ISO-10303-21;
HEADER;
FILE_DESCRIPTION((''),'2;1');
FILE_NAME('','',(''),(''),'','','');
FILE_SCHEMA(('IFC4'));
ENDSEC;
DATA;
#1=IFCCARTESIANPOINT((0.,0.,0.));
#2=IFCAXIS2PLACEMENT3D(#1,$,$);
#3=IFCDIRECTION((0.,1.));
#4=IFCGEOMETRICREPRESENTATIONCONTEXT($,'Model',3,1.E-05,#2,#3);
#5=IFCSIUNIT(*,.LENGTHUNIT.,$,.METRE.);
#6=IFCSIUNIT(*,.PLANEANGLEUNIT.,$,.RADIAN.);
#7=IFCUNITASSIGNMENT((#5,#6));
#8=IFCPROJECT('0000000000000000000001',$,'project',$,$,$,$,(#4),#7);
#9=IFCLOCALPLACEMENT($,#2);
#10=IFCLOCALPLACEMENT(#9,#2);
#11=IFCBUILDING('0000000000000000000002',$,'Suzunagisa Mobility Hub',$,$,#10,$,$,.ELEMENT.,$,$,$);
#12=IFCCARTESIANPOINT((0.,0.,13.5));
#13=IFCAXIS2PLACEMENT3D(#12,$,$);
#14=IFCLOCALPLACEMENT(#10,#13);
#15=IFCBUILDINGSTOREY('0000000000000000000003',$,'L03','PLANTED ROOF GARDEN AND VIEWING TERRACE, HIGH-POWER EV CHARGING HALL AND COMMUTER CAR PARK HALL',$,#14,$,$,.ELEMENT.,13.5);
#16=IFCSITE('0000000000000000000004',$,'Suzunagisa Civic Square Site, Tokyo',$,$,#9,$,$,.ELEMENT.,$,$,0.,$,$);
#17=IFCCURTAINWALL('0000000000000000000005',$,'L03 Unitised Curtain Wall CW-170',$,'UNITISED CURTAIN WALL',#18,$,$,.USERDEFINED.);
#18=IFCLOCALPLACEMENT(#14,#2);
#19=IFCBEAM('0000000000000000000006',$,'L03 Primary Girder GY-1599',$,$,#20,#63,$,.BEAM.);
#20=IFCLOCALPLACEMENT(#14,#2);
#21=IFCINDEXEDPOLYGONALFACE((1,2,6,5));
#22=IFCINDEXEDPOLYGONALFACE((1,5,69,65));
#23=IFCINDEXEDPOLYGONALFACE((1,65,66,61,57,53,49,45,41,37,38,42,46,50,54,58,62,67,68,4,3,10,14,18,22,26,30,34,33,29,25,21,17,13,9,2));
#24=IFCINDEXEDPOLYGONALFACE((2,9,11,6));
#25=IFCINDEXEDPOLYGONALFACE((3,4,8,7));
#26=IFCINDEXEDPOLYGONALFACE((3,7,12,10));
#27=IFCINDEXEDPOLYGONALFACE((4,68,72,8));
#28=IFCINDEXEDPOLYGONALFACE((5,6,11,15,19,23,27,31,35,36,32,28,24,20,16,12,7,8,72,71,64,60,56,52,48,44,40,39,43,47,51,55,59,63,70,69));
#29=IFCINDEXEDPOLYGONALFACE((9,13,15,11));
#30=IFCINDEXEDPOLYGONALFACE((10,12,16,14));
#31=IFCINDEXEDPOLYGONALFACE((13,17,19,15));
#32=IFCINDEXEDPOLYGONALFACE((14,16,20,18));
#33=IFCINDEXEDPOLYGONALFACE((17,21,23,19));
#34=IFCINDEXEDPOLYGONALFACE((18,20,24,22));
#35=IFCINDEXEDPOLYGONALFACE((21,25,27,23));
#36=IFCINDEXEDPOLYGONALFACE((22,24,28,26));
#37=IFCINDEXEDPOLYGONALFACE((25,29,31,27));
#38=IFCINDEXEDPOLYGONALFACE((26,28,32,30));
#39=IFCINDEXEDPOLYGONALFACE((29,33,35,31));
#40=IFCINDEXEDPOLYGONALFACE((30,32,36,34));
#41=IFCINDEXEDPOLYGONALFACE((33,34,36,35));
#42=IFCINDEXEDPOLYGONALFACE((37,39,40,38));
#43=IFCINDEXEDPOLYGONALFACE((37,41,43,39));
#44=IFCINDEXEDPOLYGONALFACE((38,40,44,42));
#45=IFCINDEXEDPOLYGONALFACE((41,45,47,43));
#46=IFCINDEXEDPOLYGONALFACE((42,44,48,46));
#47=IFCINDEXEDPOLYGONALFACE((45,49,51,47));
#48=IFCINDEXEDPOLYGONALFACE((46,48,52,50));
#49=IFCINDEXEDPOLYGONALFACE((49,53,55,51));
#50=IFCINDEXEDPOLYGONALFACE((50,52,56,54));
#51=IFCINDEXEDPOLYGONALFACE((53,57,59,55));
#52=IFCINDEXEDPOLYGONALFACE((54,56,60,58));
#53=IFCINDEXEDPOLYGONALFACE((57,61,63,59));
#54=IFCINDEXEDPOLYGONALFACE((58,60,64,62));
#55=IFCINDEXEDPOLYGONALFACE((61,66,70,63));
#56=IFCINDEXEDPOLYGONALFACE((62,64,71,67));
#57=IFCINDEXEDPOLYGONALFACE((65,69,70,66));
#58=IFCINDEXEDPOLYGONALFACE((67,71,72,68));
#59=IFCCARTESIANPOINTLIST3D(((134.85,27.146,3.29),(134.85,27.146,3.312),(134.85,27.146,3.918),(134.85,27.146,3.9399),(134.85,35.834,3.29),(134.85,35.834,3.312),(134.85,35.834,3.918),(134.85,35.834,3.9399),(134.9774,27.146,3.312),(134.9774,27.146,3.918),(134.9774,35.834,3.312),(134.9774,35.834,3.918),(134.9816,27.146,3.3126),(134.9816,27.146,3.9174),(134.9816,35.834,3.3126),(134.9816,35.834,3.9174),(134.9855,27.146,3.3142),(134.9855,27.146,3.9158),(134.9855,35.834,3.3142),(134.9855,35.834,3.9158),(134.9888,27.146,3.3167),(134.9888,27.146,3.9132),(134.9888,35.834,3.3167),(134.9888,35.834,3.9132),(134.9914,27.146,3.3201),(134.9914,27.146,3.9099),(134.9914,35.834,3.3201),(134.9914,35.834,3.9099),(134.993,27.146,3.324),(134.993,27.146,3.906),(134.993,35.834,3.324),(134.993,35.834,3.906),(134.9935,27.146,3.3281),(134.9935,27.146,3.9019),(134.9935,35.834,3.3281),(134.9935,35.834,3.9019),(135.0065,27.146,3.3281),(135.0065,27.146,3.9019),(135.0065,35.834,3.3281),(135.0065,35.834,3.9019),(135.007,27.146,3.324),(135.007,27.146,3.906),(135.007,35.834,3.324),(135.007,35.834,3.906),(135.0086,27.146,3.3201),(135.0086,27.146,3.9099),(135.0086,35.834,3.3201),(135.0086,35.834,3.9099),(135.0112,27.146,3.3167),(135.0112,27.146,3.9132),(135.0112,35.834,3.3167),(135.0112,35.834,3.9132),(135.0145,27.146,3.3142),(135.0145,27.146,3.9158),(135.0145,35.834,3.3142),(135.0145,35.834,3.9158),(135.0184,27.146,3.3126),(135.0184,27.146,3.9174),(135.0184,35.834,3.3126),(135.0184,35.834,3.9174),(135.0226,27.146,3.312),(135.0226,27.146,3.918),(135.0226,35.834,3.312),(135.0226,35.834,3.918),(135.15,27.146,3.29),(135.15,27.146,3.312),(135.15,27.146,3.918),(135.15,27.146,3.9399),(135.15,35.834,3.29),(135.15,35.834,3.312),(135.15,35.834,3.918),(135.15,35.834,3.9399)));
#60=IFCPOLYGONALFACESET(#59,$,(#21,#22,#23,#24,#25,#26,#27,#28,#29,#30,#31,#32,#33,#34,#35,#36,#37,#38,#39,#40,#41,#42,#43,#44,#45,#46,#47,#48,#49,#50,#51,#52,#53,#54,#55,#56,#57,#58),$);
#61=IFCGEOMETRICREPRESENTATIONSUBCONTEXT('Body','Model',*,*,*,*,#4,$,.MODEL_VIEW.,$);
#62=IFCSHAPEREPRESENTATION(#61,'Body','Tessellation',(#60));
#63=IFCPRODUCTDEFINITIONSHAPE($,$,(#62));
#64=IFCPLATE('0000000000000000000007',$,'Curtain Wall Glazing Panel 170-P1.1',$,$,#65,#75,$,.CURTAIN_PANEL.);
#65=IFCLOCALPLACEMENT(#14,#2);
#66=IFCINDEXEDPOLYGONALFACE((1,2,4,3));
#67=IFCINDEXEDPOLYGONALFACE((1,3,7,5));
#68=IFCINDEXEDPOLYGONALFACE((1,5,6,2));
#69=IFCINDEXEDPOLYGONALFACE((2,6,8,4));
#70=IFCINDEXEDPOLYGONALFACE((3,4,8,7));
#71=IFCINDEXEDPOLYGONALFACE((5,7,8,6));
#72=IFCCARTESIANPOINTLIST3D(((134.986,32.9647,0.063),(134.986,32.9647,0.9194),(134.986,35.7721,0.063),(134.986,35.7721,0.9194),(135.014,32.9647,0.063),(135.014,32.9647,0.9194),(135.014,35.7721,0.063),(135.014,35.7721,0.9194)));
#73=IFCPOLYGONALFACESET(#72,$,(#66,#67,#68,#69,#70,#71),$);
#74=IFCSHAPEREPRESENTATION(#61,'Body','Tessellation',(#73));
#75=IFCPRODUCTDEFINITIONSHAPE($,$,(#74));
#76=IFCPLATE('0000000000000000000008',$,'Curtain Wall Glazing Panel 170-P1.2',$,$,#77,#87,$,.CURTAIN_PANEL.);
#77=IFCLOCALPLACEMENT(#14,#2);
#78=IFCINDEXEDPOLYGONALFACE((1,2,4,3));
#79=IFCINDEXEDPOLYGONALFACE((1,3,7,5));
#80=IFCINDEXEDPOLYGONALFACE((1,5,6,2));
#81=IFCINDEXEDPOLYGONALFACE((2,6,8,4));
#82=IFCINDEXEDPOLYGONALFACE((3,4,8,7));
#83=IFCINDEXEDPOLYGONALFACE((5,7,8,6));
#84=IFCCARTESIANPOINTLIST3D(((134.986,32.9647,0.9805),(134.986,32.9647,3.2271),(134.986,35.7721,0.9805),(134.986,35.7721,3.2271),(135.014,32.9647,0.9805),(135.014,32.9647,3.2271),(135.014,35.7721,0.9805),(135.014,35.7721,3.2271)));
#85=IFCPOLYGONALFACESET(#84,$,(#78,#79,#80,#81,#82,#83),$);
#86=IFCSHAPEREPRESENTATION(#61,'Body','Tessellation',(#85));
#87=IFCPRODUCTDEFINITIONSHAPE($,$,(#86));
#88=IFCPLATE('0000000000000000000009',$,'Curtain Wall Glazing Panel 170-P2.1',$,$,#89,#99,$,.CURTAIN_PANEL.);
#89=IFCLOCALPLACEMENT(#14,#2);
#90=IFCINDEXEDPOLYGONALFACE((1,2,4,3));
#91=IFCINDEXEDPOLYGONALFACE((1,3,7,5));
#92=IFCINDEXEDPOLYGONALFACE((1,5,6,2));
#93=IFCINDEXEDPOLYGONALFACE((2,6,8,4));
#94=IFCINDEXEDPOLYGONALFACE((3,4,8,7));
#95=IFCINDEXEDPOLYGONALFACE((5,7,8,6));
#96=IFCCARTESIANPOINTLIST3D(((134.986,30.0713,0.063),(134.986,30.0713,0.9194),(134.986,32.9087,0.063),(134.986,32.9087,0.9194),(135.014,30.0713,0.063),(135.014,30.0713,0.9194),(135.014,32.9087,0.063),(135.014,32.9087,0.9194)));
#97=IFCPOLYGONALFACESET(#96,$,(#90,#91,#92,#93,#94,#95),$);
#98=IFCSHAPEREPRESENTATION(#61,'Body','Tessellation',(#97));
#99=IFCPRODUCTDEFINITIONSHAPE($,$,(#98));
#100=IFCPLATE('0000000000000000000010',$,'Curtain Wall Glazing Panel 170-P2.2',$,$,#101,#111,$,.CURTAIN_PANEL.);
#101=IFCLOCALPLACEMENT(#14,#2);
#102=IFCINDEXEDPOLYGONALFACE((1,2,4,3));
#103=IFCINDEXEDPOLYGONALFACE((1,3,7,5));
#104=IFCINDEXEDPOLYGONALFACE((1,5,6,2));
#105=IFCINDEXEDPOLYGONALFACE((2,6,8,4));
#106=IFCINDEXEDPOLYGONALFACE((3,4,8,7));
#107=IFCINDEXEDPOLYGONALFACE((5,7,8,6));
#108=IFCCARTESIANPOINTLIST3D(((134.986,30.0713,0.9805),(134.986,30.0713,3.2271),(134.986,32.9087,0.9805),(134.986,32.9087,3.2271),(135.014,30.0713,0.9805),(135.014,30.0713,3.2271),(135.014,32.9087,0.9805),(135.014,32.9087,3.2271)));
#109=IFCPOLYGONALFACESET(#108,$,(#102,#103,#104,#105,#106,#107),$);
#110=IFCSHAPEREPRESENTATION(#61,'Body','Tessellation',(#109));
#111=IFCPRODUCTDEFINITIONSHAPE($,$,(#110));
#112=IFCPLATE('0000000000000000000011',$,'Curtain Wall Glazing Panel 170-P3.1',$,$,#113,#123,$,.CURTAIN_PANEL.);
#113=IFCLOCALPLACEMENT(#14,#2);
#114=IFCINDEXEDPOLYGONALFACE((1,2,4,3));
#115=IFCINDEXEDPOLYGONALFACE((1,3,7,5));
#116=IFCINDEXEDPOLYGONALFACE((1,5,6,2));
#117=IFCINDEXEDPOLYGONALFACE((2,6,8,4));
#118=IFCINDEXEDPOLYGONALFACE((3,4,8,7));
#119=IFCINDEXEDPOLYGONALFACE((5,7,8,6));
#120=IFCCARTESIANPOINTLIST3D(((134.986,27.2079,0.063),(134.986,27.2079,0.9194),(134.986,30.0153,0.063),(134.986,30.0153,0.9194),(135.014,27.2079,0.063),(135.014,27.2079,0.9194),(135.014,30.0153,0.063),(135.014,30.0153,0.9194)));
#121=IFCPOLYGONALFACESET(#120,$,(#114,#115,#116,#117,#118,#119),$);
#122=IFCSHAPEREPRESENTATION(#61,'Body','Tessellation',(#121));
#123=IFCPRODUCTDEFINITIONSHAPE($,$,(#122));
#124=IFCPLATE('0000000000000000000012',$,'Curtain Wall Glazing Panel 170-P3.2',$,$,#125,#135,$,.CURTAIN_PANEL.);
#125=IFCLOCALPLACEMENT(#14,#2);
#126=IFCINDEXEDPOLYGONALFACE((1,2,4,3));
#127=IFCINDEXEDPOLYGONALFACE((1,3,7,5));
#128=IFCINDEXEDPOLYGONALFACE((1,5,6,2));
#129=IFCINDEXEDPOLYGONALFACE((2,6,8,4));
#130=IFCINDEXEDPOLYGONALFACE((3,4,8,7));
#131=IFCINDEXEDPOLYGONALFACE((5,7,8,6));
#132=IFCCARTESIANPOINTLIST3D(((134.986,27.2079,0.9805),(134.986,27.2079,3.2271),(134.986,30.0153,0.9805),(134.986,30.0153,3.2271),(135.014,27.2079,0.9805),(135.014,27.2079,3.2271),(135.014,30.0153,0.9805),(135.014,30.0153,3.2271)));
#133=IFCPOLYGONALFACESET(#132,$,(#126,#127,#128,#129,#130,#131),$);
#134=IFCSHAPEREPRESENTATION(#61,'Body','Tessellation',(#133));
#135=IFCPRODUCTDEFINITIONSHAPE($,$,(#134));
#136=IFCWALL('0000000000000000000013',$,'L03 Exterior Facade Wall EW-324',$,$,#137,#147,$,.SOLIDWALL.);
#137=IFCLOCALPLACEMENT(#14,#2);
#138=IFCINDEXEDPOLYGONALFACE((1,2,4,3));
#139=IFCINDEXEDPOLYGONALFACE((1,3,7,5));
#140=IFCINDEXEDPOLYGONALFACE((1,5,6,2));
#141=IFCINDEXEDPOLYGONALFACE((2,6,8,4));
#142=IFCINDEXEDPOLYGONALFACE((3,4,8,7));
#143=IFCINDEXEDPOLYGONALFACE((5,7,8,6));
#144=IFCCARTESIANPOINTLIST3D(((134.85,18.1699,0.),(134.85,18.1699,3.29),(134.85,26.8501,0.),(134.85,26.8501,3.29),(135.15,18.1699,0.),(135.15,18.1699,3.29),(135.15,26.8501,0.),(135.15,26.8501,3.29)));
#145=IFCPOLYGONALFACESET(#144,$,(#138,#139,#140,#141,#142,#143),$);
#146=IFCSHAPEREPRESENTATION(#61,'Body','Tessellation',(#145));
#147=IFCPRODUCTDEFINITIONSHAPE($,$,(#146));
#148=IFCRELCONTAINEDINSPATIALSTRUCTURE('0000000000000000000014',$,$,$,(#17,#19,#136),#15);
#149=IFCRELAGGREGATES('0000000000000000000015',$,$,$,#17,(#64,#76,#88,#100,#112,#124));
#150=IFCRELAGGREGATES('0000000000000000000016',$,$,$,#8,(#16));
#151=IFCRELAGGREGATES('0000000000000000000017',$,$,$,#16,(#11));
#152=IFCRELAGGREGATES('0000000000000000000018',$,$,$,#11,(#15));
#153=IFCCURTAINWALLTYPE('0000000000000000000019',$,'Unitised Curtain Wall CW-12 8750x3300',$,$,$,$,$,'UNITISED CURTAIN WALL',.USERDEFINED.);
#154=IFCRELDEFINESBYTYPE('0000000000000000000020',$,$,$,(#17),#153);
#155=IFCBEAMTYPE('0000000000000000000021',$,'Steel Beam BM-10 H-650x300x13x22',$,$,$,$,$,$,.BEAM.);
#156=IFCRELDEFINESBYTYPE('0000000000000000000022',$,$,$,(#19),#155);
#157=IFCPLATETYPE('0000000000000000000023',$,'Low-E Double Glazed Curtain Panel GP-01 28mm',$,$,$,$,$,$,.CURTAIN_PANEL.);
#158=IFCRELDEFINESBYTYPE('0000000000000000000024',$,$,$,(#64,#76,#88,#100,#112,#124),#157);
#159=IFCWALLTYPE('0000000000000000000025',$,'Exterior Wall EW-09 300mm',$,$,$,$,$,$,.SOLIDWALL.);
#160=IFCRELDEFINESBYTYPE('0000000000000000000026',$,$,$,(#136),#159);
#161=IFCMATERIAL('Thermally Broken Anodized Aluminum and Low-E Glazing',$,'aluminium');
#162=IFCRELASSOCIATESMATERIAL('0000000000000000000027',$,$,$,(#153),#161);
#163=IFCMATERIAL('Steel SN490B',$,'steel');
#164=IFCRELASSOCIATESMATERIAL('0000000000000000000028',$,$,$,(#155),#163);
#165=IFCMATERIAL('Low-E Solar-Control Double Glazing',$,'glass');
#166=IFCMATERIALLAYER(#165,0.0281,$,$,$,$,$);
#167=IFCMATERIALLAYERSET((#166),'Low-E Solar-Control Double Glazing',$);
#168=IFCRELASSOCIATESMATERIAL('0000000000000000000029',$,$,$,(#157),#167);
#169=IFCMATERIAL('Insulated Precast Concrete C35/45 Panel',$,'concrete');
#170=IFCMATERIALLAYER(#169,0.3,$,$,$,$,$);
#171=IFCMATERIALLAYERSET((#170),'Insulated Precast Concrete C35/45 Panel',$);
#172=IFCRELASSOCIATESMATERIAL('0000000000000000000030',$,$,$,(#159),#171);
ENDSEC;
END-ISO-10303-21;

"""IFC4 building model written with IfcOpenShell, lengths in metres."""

from ifc_helpers import new_model, si_unit, direction, frame, frame_2d, origin, origin_2d, place, context, subcontext, project, spatial, rectangle, i_section, extrude, material, layer, layer_set, material_profile, profile_set, type_object, element, aggregate, save


model = new_model("IFC4")

# Units and contexts
model_context = context("Model", 3, precision=1e-05, world=origin(), true_north=direction((0.0, 1.0)))
body_context = subcontext(model_context, "Body", "Model", "MODEL_VIEW")
ifc_project = project(units=[si_unit("LENGTHUNIT", "METRE"), si_unit("PLANEANGLEUNIT", "RADIAN")], contexts=[model_context])

# Site, building, storey
site_placement = place(None, origin())
site = spatial("IfcSite", under=ifc_project, at=site_placement, Name="Suzunagisa Civic Square Site, Tokyo", CompositionType="ELEMENT", RefElevation=0.0)
building_placement = place(site_placement, origin())
building = spatial("IfcBuilding", under=site, at=building_placement, Name="Suzunagisa Mobility Hub", CompositionType="ELEMENT")
storey_placement = place(building_placement, frame((0.0, 0.0, 13.5)))
storey = spatial("IfcBuildingStorey", under=building, at=storey_placement, Name="L03", Description="PLANTED ROOF GARDEN AND VIEWING TERRACE, HIGH-POWER EV CHARGING HALL AND COMMUTER CAR PARK HALL", CompositionType="ELEMENT", Elevation=13.5)

# Shared definitions
ifc_material_1 = material(Name="Steel SN490B", Category="steel")

# Curtain wall
ifc_material_2 = material(Name="Thermally Broken Anodized Aluminum and Low-E Glazing", Category="aluminium")
curtain_wall_type = type_object("IfcCurtainWallType", Name="Unitised Curtain Wall CW-12 8750x3300", ElementType="UNITISED CURTAIN WALL", PredefinedType="USERDEFINED", material=ifc_material_2)
curtain_wall_placement = place(storey_placement, origin())
curtain_wall = element("IfcCurtainWall", 1, at=curtain_wall_placement, inside=storey, type_object=curtain_wall_type, Name="L03 Unitised Curtain Wall CW-170", ObjectType="UNITISED CURTAIN WALL", PredefinedType="USERDEFINED")

# Beam
ifc_material_profile_1 = material_profile(ifc_material_1, i_section(OverallWidth=0.3, OverallDepth=0.6499, WebThickness=0.0129, FlangeThickness=0.022, FilletRadius=0.0161, at=origin_2d()), Name="H-650x300x13x22")
ifc_profile_set_1 = profile_set([ifc_material_profile_1], Name="Steel SN490B")
beam_type = type_object("IfcBeamType", Name="Steel Beam BM-10 H-650x300x13x22", PredefinedType="BEAM", material=ifc_profile_set_1)
beam_placement = place(storey_placement, frame((135.0, 27.146, 3.615), z_axis=(0.0, 1.0, 0.0), x_axis=(-1.0, 0.0, 0.0)))
element("IfcBeam", 2, at=beam_placement, inside=storey, type_object=beam_type, Name="L03 Primary Girder GY-1599", PredefinedType="BEAM", context=body_context, shape_type="SweptSolid", body=[
    extrude(i_section(OverallWidth=0.3, OverallDepth=0.6499, WebThickness=0.0129, FlangeThickness=0.022, FilletRadius=0.0161, at=origin_2d()), origin(), (0.0, 0.0, 1.0), 8.688),
])

# Plates
ifc_material_3 = material(Name="Low-E Solar-Control Double Glazing", Category="glass")
ifc_layer_1 = layer(ifc_material_3, 0.0281)
ifc_layer_set_1 = layer_set([ifc_layer_1], Name="Low-E Solar-Control Double Glazing")
plate_type = type_object("IfcPlateType", Name="Low-E Double Glazed Curtain Panel GP-01 28mm", PredefinedType="CURTAIN_PANEL", material=ifc_layer_set_1)
plate_1_placement = place(storey_placement, frame((135.0, 34.3684, 0.063), z_axis=(0.0, 0.0, 1.0), x_axis=(0.0, -1.0, 0.0)))
plate_1 = element("IfcPlate", 3, at=plate_1_placement, type_object=plate_type, Name="Curtain Wall Glazing Panel 170-P1.1", PredefinedType="CURTAIN_PANEL", context=body_context, shape_type="SweptSolid", body=[
    extrude(rectangle(XDim=2.8074, YDim=0.0281, at=origin_2d()), origin(), (0.0, 0.0, 1.0), 0.8564),
])
plate_2_placement = place(storey_placement, frame((135.0, 34.3684, 0.9805), z_axis=(0.0, 0.0, 1.0), x_axis=(0.0, -1.0, 0.0)))
plate_2 = element("IfcPlate", 4, at=plate_2_placement, type_object=plate_type, Name="Curtain Wall Glazing Panel 170-P1.2", PredefinedType="CURTAIN_PANEL", context=body_context, shape_type="SweptSolid", body=[
    extrude(rectangle(XDim=2.8074, YDim=0.0281, at=origin_2d()), origin(), (0.0, 0.0, 1.0), 2.2466),
])
plate_3_placement = place(storey_placement, frame((135.0, 31.49, 0.063), z_axis=(0.0, 0.0, 1.0), x_axis=(0.0, -1.0, 0.0)))
plate_3 = element("IfcPlate", 5, at=plate_3_placement, type_object=plate_type, Name="Curtain Wall Glazing Panel 170-P2.1", PredefinedType="CURTAIN_PANEL", context=body_context, shape_type="SweptSolid", body=[
    extrude(rectangle(XDim=2.8374, YDim=0.0281, at=origin_2d()), origin(), (0.0, 0.0, 1.0), 0.8564),
])
plate_4_placement = place(storey_placement, frame((135.0, 31.49, 0.9805), z_axis=(0.0, 0.0, 1.0), x_axis=(0.0, -1.0, 0.0)))
plate_4 = element("IfcPlate", 6, at=plate_4_placement, type_object=plate_type, Name="Curtain Wall Glazing Panel 170-P2.2", PredefinedType="CURTAIN_PANEL", context=body_context, shape_type="SweptSolid", body=[
    extrude(rectangle(XDim=2.8374, YDim=0.0281, at=origin_2d()), origin(), (0.0, 0.0, 1.0), 2.2466),
])
plate_5_placement = place(storey_placement, frame((135.0, 28.6116, 0.063), z_axis=(0.0, 0.0, 1.0), x_axis=(0.0, -1.0, 0.0)))
plate_5 = element("IfcPlate", 7, at=plate_5_placement, type_object=plate_type, Name="Curtain Wall Glazing Panel 170-P3.1", PredefinedType="CURTAIN_PANEL", context=body_context, shape_type="SweptSolid", body=[
    extrude(rectangle(XDim=2.8074, YDim=0.0281, at=origin_2d()), origin(), (0.0, 0.0, 1.0), 0.8564),
])
plate_6_placement = place(storey_placement, frame((135.0, 28.6116, 0.9805), z_axis=(0.0, 0.0, 1.0), x_axis=(0.0, -1.0, 0.0)))
plate_6 = element("IfcPlate", 8, at=plate_6_placement, type_object=plate_type, Name="Curtain Wall Glazing Panel 170-P3.2", PredefinedType="CURTAIN_PANEL", context=body_context, shape_type="SweptSolid", body=[
    extrude(rectangle(XDim=2.8074, YDim=0.0281, at=origin_2d()), origin(), (0.0, 0.0, 1.0), 2.2466),
])
aggregate(curtain_wall, [plate_1, plate_2, plate_3, plate_4, plate_5, plate_6])

# Wall
ifc_material_4 = material(Name="Insulated Precast Concrete C35/45 Panel", Category="concrete")
ifc_layer_2 = layer(ifc_material_4, 0.3)
ifc_layer_set_2 = layer_set([ifc_layer_2], Name="Insulated Precast Concrete C35/45 Panel")
wall_type = type_object("IfcWallType", Name="Exterior Wall EW-09 300mm", PredefinedType="SOLIDWALL", material=ifc_layer_set_2)
wall_placement = place(storey_placement, frame((135.0, 26.8501, 0.0), z_axis=(0.0, 0.0, 1.0), x_axis=(0.0, -1.0, 0.0)))
element("IfcWall", 9, at=wall_placement, inside=storey, type_object=wall_type, Name="L03 Exterior Facade Wall EW-324", PredefinedType="SOLIDWALL", context=body_context, shape_type="SweptSolid", body=[
    extrude(rectangle(XDim=8.6802, YDim=0.3, at=frame_2d((4.3401, 0.0))), origin(), (0.0, 0.0, 1.0), 3.29),
])

save(model, "model.ifc")
